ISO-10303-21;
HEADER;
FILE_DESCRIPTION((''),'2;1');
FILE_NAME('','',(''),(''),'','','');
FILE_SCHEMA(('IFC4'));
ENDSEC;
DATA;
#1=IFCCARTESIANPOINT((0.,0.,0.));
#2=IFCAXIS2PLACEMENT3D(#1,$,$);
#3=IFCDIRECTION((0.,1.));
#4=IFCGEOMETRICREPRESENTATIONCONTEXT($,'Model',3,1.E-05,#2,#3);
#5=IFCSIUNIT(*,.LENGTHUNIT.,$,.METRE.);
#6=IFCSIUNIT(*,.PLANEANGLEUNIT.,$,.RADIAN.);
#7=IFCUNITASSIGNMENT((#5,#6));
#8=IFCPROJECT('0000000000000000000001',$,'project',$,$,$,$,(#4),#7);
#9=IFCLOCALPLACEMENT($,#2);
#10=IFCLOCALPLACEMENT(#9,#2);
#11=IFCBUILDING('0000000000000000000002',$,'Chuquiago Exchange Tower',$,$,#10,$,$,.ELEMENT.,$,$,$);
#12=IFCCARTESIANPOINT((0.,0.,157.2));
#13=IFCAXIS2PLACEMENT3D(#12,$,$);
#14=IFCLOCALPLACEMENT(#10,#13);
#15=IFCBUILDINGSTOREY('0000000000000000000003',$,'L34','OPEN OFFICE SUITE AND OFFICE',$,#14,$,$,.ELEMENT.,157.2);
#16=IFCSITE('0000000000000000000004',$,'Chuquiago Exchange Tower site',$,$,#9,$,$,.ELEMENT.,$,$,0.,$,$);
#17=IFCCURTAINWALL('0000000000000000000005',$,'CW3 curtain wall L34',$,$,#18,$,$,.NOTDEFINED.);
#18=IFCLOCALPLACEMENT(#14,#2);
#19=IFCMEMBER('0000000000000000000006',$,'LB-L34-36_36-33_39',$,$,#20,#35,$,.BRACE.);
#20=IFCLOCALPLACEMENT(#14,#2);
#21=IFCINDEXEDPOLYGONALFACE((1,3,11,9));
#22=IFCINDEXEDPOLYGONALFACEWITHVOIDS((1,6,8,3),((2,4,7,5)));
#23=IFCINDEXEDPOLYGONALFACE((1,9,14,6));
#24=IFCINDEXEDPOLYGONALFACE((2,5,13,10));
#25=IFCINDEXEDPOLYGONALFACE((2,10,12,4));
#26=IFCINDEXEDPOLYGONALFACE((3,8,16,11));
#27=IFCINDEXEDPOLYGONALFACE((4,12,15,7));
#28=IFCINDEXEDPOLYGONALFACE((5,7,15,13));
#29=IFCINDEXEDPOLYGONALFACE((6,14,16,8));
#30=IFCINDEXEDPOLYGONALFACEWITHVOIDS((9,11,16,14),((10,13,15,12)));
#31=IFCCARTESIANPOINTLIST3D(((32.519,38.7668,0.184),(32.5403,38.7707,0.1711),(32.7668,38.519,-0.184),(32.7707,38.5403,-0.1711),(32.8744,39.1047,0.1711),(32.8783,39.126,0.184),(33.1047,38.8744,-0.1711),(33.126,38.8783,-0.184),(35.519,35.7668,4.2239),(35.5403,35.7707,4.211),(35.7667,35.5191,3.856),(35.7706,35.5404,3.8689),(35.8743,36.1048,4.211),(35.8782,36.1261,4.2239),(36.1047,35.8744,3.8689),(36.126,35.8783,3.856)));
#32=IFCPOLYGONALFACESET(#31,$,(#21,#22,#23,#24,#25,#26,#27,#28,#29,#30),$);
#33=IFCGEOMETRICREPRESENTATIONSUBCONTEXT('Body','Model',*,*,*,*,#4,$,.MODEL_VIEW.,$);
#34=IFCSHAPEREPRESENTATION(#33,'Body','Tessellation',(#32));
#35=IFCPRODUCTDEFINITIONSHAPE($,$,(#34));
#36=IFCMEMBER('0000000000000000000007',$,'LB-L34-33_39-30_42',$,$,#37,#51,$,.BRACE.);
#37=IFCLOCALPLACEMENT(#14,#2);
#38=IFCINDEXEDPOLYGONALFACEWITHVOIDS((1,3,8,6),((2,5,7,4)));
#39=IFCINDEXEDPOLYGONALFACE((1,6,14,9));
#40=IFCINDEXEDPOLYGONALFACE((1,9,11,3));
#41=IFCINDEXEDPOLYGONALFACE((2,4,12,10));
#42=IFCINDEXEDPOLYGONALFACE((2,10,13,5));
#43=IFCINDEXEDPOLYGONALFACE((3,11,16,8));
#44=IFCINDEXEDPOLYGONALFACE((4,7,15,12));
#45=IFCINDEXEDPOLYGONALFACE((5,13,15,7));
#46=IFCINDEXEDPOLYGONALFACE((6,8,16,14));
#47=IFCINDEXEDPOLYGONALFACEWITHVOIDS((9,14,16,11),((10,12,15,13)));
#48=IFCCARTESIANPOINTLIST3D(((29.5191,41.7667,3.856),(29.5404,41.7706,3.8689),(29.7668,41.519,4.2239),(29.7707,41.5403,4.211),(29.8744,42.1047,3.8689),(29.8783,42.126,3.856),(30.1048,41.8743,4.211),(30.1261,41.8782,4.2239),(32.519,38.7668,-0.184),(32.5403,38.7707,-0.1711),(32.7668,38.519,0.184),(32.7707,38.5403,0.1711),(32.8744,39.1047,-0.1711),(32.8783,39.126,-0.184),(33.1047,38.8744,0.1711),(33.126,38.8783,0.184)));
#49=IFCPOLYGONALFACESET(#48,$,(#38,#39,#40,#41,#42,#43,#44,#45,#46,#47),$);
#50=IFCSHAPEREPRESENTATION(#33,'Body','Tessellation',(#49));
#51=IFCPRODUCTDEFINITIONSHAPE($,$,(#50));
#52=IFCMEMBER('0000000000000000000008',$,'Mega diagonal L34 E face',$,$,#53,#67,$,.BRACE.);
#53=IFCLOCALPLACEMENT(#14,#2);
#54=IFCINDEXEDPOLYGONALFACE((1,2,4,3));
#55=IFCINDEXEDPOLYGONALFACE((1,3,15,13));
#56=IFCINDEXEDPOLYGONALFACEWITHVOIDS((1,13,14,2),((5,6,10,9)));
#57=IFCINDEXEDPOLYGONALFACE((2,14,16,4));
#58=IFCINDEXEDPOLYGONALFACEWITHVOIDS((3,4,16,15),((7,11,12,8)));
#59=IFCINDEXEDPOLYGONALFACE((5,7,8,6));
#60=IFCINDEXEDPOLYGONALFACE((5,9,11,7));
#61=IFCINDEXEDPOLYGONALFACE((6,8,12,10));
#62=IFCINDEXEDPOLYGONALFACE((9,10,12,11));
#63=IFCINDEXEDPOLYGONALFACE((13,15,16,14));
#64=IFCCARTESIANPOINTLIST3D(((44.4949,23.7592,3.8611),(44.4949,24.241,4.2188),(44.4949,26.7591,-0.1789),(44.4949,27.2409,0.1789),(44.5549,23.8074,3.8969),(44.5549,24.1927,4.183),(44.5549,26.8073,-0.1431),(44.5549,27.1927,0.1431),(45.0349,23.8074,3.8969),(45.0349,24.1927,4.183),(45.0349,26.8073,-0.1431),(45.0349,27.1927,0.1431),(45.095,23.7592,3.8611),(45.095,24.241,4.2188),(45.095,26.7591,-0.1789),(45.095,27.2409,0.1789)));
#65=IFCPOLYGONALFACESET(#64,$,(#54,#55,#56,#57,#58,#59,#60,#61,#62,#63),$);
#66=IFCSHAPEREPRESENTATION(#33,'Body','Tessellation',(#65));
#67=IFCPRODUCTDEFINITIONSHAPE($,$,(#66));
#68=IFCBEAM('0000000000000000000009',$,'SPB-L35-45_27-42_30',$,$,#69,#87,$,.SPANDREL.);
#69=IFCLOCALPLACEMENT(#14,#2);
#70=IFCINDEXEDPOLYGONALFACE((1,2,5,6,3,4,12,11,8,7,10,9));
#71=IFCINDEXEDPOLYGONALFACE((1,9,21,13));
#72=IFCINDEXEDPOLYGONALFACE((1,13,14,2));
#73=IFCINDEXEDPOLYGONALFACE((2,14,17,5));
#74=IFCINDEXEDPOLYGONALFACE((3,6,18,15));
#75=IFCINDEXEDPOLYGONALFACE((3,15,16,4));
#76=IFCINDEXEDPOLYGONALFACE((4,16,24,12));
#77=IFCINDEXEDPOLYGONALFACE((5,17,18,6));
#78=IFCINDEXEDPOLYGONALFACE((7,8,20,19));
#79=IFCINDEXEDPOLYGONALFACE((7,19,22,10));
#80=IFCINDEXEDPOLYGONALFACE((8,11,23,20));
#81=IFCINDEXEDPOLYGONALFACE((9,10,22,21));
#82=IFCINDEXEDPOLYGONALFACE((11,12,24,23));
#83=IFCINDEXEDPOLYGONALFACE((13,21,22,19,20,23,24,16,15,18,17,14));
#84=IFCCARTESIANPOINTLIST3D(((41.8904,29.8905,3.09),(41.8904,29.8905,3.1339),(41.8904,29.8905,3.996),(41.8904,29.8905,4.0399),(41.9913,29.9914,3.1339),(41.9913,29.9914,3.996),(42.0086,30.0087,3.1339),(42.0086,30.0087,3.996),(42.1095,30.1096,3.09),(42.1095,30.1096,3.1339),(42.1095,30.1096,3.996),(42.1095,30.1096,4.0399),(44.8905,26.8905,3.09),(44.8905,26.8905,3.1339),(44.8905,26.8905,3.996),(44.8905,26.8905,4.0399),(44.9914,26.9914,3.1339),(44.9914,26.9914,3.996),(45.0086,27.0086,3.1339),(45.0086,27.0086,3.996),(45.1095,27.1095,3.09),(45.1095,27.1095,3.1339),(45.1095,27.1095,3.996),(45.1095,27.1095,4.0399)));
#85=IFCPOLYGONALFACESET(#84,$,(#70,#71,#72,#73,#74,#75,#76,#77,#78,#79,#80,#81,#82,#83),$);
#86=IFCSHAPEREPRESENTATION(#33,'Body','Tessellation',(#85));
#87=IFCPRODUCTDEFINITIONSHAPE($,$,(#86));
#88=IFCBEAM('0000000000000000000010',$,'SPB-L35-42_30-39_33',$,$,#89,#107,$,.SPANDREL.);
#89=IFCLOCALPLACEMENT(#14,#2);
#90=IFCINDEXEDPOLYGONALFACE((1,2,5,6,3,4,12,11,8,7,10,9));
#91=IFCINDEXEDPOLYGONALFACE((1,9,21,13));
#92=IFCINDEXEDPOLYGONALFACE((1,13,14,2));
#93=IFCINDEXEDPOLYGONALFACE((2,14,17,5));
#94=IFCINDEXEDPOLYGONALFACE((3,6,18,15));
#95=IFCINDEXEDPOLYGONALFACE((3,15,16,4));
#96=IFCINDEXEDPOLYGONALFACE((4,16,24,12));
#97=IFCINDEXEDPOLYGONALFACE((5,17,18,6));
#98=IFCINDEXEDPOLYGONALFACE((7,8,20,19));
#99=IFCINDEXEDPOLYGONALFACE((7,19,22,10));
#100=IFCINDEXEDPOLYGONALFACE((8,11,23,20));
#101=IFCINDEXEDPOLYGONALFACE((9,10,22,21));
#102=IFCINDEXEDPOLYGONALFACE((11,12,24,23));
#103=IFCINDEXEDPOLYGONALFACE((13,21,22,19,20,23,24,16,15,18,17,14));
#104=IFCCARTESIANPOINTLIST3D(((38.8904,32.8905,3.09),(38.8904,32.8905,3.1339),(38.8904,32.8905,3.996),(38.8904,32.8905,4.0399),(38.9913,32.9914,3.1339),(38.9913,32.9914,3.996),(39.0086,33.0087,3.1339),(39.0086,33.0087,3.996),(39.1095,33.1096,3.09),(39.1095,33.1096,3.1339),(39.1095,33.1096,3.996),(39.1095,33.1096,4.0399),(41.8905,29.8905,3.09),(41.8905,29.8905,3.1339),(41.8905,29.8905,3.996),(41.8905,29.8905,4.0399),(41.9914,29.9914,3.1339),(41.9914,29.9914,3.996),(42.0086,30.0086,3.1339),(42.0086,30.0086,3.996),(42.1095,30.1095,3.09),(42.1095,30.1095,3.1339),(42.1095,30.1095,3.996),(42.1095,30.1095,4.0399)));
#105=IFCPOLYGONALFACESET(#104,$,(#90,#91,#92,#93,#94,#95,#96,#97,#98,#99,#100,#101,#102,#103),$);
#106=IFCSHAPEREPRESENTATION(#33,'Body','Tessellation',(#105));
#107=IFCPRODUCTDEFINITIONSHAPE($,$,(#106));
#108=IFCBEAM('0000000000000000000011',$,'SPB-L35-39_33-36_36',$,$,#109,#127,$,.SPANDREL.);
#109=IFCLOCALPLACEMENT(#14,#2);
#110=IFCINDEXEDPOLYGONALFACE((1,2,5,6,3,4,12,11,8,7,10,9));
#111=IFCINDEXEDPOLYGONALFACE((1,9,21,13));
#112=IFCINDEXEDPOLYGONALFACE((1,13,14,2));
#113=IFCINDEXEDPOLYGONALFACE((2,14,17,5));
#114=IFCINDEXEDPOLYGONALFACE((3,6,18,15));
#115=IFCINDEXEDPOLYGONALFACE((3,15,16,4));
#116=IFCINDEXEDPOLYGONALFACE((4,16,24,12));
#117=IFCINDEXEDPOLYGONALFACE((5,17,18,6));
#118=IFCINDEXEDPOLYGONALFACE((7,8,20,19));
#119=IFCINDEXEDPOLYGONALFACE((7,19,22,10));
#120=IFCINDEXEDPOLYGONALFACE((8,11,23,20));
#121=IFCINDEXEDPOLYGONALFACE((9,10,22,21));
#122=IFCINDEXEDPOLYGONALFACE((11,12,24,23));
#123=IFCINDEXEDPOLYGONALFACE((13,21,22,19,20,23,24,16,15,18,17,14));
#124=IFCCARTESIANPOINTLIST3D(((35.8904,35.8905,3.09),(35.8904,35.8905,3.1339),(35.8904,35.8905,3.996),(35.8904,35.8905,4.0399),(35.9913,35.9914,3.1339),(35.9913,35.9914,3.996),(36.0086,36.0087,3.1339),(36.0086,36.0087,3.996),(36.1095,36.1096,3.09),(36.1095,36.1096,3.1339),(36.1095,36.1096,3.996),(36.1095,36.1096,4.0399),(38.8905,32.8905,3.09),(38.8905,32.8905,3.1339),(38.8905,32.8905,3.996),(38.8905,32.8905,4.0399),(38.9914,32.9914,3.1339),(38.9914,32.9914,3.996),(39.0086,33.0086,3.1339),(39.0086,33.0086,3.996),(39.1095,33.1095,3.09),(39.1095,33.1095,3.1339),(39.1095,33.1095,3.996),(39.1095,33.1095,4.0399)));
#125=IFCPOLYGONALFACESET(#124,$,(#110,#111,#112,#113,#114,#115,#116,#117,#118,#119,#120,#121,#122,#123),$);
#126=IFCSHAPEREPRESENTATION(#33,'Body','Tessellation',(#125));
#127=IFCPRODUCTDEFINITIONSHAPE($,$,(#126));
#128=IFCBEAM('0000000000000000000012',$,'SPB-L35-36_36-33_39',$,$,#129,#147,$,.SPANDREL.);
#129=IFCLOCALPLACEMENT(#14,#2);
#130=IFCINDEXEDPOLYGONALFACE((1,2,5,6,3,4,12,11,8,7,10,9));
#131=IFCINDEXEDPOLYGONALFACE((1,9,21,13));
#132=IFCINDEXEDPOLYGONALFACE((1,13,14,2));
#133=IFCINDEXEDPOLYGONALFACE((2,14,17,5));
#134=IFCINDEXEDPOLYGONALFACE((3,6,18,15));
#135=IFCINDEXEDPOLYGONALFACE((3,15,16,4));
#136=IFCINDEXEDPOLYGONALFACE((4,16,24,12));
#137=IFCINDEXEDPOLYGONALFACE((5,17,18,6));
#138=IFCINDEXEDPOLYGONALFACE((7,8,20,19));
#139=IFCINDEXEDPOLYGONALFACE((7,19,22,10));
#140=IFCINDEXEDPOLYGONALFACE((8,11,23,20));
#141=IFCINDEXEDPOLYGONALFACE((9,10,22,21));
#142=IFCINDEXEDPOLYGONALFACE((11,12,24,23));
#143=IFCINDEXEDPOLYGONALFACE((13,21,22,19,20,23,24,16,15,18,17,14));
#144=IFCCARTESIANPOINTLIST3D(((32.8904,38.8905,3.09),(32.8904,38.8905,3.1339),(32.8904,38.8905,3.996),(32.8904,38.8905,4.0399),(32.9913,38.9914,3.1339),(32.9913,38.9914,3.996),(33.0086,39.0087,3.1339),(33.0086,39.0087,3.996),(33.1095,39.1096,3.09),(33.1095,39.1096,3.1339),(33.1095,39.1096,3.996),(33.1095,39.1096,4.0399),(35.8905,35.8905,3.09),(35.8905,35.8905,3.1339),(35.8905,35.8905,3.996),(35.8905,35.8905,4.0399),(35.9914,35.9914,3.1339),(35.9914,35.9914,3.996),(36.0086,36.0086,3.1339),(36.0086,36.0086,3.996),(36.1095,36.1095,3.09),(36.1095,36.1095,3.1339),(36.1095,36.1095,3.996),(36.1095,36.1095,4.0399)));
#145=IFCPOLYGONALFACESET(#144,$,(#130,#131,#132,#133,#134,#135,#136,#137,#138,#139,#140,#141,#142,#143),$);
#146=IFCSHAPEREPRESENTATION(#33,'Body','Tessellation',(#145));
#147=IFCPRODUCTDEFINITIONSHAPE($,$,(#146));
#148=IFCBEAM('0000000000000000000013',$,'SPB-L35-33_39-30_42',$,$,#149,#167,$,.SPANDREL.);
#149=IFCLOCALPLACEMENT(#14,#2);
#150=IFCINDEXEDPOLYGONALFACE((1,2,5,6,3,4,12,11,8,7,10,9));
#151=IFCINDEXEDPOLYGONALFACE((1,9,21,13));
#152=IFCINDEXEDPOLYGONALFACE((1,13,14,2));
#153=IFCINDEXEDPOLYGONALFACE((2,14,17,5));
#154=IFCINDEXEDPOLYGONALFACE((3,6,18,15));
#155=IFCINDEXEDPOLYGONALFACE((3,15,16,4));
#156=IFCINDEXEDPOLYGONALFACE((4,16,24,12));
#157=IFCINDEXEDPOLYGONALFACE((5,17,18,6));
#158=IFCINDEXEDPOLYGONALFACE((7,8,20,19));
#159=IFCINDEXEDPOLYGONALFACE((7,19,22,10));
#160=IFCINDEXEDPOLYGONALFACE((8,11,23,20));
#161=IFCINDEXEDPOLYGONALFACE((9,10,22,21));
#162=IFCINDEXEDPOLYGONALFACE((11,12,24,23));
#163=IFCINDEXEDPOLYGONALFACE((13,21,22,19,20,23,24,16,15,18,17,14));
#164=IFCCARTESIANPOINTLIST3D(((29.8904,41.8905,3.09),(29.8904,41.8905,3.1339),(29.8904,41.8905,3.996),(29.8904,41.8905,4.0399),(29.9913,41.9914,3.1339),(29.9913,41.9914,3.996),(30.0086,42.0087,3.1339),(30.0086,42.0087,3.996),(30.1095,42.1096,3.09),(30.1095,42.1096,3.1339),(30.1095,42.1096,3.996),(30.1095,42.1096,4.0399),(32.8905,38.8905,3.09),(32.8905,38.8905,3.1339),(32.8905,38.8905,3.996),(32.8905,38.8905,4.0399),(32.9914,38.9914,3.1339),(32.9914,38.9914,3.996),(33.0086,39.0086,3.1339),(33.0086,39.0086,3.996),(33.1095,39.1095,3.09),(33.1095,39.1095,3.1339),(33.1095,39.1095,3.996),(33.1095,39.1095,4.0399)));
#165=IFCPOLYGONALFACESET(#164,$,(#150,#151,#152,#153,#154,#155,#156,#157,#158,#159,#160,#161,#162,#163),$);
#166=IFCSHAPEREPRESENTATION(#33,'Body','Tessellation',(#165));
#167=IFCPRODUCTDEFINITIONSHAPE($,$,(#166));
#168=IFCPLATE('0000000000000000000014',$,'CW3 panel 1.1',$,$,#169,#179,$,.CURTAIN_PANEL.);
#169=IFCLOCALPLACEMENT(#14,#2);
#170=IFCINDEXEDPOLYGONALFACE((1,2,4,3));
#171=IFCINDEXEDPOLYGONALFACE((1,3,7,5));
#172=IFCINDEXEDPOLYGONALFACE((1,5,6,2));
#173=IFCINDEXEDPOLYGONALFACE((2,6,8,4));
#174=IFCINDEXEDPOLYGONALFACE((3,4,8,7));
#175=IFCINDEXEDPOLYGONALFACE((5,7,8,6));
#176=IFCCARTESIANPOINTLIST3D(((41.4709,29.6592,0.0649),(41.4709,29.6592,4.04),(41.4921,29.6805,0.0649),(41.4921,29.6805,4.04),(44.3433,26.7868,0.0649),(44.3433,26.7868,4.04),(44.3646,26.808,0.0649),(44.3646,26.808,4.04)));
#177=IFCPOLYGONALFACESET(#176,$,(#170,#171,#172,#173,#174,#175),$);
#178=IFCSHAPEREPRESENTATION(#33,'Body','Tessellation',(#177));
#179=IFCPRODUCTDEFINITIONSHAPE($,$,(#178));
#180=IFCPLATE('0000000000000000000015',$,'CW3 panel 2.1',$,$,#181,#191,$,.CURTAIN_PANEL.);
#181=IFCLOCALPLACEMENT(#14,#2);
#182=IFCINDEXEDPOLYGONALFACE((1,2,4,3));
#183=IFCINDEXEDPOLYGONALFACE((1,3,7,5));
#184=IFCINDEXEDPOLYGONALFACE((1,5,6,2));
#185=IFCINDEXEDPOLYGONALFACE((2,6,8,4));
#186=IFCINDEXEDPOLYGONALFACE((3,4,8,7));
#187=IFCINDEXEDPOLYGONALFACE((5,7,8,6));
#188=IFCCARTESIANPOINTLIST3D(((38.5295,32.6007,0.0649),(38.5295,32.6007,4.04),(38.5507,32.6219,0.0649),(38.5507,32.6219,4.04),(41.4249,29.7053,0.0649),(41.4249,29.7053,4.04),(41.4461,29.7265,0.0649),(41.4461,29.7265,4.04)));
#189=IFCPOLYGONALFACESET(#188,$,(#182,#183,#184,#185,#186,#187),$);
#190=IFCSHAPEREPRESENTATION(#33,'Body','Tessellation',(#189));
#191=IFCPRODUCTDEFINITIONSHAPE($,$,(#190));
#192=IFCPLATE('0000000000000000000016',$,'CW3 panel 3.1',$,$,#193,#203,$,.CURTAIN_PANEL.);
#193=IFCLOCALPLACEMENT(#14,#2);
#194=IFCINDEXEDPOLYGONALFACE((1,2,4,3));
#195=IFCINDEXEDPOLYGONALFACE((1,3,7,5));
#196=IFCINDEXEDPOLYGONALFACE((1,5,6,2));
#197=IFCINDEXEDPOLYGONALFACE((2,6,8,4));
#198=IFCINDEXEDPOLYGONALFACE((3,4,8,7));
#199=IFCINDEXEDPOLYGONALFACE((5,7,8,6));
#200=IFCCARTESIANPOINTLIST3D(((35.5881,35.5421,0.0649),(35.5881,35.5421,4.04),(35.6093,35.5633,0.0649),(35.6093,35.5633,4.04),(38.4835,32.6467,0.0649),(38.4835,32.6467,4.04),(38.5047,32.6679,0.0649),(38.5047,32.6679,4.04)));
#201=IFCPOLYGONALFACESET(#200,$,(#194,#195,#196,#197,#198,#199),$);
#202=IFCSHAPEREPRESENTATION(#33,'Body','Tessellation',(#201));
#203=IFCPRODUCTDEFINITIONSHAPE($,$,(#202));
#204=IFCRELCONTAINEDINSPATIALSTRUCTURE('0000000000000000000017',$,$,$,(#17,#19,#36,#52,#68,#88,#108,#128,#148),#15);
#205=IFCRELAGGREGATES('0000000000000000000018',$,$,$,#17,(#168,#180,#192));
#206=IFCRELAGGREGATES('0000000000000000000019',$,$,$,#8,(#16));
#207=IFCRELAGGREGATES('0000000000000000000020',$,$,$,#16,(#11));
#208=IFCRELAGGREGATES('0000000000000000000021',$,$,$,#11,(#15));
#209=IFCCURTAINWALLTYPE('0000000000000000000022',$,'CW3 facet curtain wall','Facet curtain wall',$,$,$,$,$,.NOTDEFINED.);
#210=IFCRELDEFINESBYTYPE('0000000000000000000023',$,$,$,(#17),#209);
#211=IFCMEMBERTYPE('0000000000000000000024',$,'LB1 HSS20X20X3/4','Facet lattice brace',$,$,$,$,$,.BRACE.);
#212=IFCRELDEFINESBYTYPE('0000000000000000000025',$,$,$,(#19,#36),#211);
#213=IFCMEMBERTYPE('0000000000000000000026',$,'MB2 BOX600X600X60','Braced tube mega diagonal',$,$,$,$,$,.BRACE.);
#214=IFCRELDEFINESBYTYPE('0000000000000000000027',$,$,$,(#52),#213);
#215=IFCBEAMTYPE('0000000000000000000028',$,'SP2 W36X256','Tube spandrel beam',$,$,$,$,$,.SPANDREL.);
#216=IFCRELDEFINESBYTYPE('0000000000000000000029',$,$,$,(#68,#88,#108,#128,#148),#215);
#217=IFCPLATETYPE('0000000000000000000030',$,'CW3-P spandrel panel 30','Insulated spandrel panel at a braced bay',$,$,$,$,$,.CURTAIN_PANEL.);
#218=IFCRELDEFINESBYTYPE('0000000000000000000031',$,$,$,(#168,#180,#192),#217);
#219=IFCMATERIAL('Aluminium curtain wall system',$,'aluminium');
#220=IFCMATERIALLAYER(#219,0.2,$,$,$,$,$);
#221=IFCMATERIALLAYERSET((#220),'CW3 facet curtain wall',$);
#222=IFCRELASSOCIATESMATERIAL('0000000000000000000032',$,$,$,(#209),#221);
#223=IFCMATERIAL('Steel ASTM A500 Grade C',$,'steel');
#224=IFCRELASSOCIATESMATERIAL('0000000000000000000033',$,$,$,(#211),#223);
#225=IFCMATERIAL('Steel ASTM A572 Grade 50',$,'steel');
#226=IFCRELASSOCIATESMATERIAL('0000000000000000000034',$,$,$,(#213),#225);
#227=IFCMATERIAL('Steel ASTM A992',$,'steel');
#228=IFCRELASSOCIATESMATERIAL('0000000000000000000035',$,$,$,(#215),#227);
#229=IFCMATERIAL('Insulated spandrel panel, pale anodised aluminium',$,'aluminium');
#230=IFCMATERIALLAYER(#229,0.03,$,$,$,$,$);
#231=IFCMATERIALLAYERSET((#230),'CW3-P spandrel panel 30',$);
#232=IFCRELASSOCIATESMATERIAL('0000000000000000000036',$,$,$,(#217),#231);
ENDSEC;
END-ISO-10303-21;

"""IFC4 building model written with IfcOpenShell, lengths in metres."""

from ifc_helpers import new_model, si_unit, direction, frame, origin, origin_2d, place, context, subcontext, project, spatial, rectangle, hollow_rectangle, i_section, extrude, material, layer, layer_set, material_profile, profile_set, type_object, element, aggregate, save


model = new_model("IFC4")

# Units and contexts
model_context = context("Model", 3, precision=1e-05, world=origin(), true_north=direction((0.0, 1.0)))
body_context = subcontext(model_context, "Body", "Model", "MODEL_VIEW")
ifc_project = project(units=[si_unit("LENGTHUNIT", "METRE"), si_unit("PLANEANGLEUNIT", "RADIAN")], contexts=[model_context])

# Site, building, storey
site_placement = place(None, origin())
site = spatial("IfcSite", under=ifc_project, at=site_placement, Name="Chuquiago Exchange Tower site", CompositionType="ELEMENT", RefElevation=0.0)
building_placement = place(site_placement, origin())
building = spatial("IfcBuilding", under=site, at=building_placement, Name="Chuquiago Exchange Tower", CompositionType="ELEMENT")
storey_placement = place(building_placement, frame((0.0, 0.0, 157.2)))
storey = spatial("IfcBuildingStorey", under=building, at=storey_placement, Name="L34", Description="OPEN OFFICE SUITE AND OFFICE", CompositionType="ELEMENT", Elevation=157.2)

# Curtain wall
ifc_material_1 = material(Name="Aluminium curtain wall system", Category="aluminium")
ifc_layer_1 = layer(ifc_material_1, 0.2)
ifc_layer_set_1 = layer_set([ifc_layer_1], Name="CW3 facet curtain wall")
curtain_wall_type = type_object("IfcCurtainWallType", Name="CW3 facet curtain wall", Description="Facet curtain wall", PredefinedType="NOTDEFINED", material=ifc_layer_set_1)
curtain_wall_placement = place(storey_placement, origin())
curtain_wall = element("IfcCurtainWall", 1, at=curtain_wall_placement, inside=storey, type_object=curtain_wall_type, Name="CW3 curtain wall L34", PredefinedType="NOTDEFINED")

# Members
ifc_material_2 = material(Name="Steel ASTM A500 Grade C", Category="steel")
ifc_material_profile_1 = material_profile(ifc_material_2, hollow_rectangle(XDim=0.5081, YDim=0.5081, WallThickness=0.0178, at=origin_2d()), Name="HSS20X20X3/4")
ifc_profile_set_1 = profile_set([ifc_material_profile_1], Name="Steel ASTM A500 Grade C")
member_type_1 = type_object("IfcMemberType", Name="LB1 HSS20X20X3/4", Description="Facet lattice brace", PredefinedType="BRACE", material=ifc_profile_set_1)
for number, where, z_axis, x_axis, name in (
    (2, (32.8225, 38.8225, 0.0), (0.512077, -0.512077, 0.689604), (0.707107, 0.707107, 0.0), "LB-L34-36_36-33_39"),
    (3, (32.8225, 38.8225, 0.0), (-0.512077, 0.512077, 0.689604), (-0.707107, -0.707107, 0.0), "LB-L34-33_39-30_42"),
):
    element("IfcMember", number, at=place(storey_placement, frame(where, z_axis=z_axis, x_axis=x_axis)), inside=storey, type_object=member_type_1, Name=name, PredefinedType="BRACE", context=body_context, shape_type="SweptSolid", body=[
        extrude(hollow_rectangle(XDim=0.5081, YDim=0.5081, WallThickness=0.0178, at=origin_2d()), origin(), (0.0, 0.0, 1.0), 5.8584),
    ])
ifc_material_3 = material(Name="Steel ASTM A572 Grade 50", Category="steel")
ifc_material_profile_2 = material_profile(ifc_material_3, hollow_rectangle(XDim=0.6001, YDim=0.6001, WallThickness=0.0601, at=origin_2d()), Name="BOX600X600X60")
ifc_profile_set_2 = profile_set([ifc_material_profile_2], Name="Steel ASTM A572 Grade 50")
member_type_2 = type_object("IfcMemberType", Name="MB2 BOX600X600X60", Description="Braced tube mega diagonal", PredefinedType="BRACE", material=ifc_profile_set_2)
member_1_placement = place(storey_placement, frame((44.7949, 27.0, 0.0), z_axis=(0.0, -0.596174, 0.802855), x_axis=(1.0, 0.0, 0.0)))
element("IfcMember", 4, at=member_1_placement, inside=storey, type_object=member_type_2, Name="Mega diagonal L34 E face", PredefinedType="BRACE", context=body_context, shape_type="SweptSolid", body=[
    extrude(hollow_rectangle(XDim=0.6001, YDim=0.6001, WallThickness=0.0601, at=origin_2d()), origin(), (0.0, 0.0, 1.0), 5.032),
])

# Beams
ifc_material_4 = material(Name="Steel ASTM A992", Category="steel")
ifc_material_profile_3 = material_profile(ifc_material_4, i_section(OverallWidth=0.3098, OverallDepth=0.95, WebThickness=0.0244, FlangeThickness=0.0439, at=origin_2d()), Name="W36X256")
ifc_profile_set_3 = profile_set([ifc_material_profile_3], Name="Steel ASTM A992")
beam_type_1 = type_object("IfcBeamType", Name="SP2 W36X256", Description="Tube spandrel beam", PredefinedType="SPANDREL", material=ifc_profile_set_3)
for number, where, z_axis, x_axis, name in (
    (5, (45.0, 27.0, 3.5649), (-0.707107, 0.707107, 0.0), (-0.707107, -0.707107, 0.0), "SPB-L35-45_27-42_30"),
    (6, (42.0, 30.0, 3.5649), (-0.707107, 0.707107, 0.0), (-0.707107, -0.707107, 0.0), "SPB-L35-42_30-39_33"),
    (7, (39.0, 33.0, 3.5649), (-0.707107, 0.707107, 0.0), (-0.707107, -0.707107, 0.0), "SPB-L35-39_33-36_36"),
    (8, (36.0, 36.0, 3.5649), (-0.707107, 0.707107, 0.0), (-0.707107, -0.707107, 0.0), "SPB-L35-36_36-33_39"),
    (9, (33.0, 39.0, 3.5649), (-0.707107, 0.707107, 0.0), (-0.707107, -0.707107, 0.0), "SPB-L35-33_39-30_42"),
):
    element("IfcBeam", number, at=place(storey_placement, frame(where, z_axis=z_axis, x_axis=x_axis)), inside=storey, type_object=beam_type_1, Name=name, PredefinedType="SPANDREL", context=body_context, shape_type="SweptSolid", body=[
        extrude(i_section(OverallWidth=0.3098, OverallDepth=0.95, WebThickness=0.0244, FlangeThickness=0.0439, at=origin_2d()), origin(), (0.0, 0.0, 1.0), 4.2427),
    ])

# Plates
ifc_material_5 = material(Name="Insulated spandrel panel, pale anodised aluminium", Category="aluminium")
ifc_layer_2 = layer(ifc_material_5, 0.03)
ifc_layer_set_2 = layer_set([ifc_layer_2], Name="CW3-P spandrel panel 30")
plate_type = type_object("IfcPlateType", Name="CW3-P spandrel panel 30", Description="Insulated spandrel panel at a braced bay", PredefinedType="CURTAIN_PANEL", material=ifc_layer_set_2)
plate_1_placement = place(storey_placement, frame((42.9177, 28.2336, 0.0649), z_axis=(0.0, 0.0, 1.0), x_axis=(-0.707107, 0.707107, 0.0)))
plate_1 = element("IfcPlate", 10, at=plate_1_placement, type_object=plate_type, Name="CW3 panel 1.1", PredefinedType="CURTAIN_PANEL", context=body_context, shape_type="SweptSolid", body=[
    extrude(rectangle(XDim=4.0623, YDim=0.03, at=origin_2d()), origin(), (0.0, 0.0, 1.0), 3.9751),
])
plate_2_placement = place(storey_placement, frame((39.9878, 31.1636, 0.0649), z_axis=(0.0, 0.0, 1.0), x_axis=(-0.707107, 0.707107, 0.0)))
plate_2 = element("IfcPlate", 11, at=plate_2_placement, type_object=plate_type, Name="CW3 panel 2.1", PredefinedType="CURTAIN_PANEL", context=body_context, shape_type="SweptSolid", body=[
    extrude(rectangle(XDim=4.0947, YDim=0.03, at=origin_2d()), origin(), (0.0, 0.0, 1.0), 3.9751),
])
plate_3_placement = place(storey_placement, frame((37.0464, 34.105, 0.0649), z_axis=(0.0, 0.0, 1.0), x_axis=(-0.707107, 0.707107, 0.0)))
plate_3 = element("IfcPlate", 12, at=plate_3_placement, type_object=plate_type, Name="CW3 panel 3.1", PredefinedType="CURTAIN_PANEL", context=body_context, shape_type="SweptSolid", body=[
    extrude(rectangle(XDim=4.0947, YDim=0.03, at=origin_2d()), origin(), (0.0, 0.0, 1.0), 3.9751),
])
aggregate(curtain_wall, [plate_1, plate_2, plate_3])

save(model, "model.ifc")
